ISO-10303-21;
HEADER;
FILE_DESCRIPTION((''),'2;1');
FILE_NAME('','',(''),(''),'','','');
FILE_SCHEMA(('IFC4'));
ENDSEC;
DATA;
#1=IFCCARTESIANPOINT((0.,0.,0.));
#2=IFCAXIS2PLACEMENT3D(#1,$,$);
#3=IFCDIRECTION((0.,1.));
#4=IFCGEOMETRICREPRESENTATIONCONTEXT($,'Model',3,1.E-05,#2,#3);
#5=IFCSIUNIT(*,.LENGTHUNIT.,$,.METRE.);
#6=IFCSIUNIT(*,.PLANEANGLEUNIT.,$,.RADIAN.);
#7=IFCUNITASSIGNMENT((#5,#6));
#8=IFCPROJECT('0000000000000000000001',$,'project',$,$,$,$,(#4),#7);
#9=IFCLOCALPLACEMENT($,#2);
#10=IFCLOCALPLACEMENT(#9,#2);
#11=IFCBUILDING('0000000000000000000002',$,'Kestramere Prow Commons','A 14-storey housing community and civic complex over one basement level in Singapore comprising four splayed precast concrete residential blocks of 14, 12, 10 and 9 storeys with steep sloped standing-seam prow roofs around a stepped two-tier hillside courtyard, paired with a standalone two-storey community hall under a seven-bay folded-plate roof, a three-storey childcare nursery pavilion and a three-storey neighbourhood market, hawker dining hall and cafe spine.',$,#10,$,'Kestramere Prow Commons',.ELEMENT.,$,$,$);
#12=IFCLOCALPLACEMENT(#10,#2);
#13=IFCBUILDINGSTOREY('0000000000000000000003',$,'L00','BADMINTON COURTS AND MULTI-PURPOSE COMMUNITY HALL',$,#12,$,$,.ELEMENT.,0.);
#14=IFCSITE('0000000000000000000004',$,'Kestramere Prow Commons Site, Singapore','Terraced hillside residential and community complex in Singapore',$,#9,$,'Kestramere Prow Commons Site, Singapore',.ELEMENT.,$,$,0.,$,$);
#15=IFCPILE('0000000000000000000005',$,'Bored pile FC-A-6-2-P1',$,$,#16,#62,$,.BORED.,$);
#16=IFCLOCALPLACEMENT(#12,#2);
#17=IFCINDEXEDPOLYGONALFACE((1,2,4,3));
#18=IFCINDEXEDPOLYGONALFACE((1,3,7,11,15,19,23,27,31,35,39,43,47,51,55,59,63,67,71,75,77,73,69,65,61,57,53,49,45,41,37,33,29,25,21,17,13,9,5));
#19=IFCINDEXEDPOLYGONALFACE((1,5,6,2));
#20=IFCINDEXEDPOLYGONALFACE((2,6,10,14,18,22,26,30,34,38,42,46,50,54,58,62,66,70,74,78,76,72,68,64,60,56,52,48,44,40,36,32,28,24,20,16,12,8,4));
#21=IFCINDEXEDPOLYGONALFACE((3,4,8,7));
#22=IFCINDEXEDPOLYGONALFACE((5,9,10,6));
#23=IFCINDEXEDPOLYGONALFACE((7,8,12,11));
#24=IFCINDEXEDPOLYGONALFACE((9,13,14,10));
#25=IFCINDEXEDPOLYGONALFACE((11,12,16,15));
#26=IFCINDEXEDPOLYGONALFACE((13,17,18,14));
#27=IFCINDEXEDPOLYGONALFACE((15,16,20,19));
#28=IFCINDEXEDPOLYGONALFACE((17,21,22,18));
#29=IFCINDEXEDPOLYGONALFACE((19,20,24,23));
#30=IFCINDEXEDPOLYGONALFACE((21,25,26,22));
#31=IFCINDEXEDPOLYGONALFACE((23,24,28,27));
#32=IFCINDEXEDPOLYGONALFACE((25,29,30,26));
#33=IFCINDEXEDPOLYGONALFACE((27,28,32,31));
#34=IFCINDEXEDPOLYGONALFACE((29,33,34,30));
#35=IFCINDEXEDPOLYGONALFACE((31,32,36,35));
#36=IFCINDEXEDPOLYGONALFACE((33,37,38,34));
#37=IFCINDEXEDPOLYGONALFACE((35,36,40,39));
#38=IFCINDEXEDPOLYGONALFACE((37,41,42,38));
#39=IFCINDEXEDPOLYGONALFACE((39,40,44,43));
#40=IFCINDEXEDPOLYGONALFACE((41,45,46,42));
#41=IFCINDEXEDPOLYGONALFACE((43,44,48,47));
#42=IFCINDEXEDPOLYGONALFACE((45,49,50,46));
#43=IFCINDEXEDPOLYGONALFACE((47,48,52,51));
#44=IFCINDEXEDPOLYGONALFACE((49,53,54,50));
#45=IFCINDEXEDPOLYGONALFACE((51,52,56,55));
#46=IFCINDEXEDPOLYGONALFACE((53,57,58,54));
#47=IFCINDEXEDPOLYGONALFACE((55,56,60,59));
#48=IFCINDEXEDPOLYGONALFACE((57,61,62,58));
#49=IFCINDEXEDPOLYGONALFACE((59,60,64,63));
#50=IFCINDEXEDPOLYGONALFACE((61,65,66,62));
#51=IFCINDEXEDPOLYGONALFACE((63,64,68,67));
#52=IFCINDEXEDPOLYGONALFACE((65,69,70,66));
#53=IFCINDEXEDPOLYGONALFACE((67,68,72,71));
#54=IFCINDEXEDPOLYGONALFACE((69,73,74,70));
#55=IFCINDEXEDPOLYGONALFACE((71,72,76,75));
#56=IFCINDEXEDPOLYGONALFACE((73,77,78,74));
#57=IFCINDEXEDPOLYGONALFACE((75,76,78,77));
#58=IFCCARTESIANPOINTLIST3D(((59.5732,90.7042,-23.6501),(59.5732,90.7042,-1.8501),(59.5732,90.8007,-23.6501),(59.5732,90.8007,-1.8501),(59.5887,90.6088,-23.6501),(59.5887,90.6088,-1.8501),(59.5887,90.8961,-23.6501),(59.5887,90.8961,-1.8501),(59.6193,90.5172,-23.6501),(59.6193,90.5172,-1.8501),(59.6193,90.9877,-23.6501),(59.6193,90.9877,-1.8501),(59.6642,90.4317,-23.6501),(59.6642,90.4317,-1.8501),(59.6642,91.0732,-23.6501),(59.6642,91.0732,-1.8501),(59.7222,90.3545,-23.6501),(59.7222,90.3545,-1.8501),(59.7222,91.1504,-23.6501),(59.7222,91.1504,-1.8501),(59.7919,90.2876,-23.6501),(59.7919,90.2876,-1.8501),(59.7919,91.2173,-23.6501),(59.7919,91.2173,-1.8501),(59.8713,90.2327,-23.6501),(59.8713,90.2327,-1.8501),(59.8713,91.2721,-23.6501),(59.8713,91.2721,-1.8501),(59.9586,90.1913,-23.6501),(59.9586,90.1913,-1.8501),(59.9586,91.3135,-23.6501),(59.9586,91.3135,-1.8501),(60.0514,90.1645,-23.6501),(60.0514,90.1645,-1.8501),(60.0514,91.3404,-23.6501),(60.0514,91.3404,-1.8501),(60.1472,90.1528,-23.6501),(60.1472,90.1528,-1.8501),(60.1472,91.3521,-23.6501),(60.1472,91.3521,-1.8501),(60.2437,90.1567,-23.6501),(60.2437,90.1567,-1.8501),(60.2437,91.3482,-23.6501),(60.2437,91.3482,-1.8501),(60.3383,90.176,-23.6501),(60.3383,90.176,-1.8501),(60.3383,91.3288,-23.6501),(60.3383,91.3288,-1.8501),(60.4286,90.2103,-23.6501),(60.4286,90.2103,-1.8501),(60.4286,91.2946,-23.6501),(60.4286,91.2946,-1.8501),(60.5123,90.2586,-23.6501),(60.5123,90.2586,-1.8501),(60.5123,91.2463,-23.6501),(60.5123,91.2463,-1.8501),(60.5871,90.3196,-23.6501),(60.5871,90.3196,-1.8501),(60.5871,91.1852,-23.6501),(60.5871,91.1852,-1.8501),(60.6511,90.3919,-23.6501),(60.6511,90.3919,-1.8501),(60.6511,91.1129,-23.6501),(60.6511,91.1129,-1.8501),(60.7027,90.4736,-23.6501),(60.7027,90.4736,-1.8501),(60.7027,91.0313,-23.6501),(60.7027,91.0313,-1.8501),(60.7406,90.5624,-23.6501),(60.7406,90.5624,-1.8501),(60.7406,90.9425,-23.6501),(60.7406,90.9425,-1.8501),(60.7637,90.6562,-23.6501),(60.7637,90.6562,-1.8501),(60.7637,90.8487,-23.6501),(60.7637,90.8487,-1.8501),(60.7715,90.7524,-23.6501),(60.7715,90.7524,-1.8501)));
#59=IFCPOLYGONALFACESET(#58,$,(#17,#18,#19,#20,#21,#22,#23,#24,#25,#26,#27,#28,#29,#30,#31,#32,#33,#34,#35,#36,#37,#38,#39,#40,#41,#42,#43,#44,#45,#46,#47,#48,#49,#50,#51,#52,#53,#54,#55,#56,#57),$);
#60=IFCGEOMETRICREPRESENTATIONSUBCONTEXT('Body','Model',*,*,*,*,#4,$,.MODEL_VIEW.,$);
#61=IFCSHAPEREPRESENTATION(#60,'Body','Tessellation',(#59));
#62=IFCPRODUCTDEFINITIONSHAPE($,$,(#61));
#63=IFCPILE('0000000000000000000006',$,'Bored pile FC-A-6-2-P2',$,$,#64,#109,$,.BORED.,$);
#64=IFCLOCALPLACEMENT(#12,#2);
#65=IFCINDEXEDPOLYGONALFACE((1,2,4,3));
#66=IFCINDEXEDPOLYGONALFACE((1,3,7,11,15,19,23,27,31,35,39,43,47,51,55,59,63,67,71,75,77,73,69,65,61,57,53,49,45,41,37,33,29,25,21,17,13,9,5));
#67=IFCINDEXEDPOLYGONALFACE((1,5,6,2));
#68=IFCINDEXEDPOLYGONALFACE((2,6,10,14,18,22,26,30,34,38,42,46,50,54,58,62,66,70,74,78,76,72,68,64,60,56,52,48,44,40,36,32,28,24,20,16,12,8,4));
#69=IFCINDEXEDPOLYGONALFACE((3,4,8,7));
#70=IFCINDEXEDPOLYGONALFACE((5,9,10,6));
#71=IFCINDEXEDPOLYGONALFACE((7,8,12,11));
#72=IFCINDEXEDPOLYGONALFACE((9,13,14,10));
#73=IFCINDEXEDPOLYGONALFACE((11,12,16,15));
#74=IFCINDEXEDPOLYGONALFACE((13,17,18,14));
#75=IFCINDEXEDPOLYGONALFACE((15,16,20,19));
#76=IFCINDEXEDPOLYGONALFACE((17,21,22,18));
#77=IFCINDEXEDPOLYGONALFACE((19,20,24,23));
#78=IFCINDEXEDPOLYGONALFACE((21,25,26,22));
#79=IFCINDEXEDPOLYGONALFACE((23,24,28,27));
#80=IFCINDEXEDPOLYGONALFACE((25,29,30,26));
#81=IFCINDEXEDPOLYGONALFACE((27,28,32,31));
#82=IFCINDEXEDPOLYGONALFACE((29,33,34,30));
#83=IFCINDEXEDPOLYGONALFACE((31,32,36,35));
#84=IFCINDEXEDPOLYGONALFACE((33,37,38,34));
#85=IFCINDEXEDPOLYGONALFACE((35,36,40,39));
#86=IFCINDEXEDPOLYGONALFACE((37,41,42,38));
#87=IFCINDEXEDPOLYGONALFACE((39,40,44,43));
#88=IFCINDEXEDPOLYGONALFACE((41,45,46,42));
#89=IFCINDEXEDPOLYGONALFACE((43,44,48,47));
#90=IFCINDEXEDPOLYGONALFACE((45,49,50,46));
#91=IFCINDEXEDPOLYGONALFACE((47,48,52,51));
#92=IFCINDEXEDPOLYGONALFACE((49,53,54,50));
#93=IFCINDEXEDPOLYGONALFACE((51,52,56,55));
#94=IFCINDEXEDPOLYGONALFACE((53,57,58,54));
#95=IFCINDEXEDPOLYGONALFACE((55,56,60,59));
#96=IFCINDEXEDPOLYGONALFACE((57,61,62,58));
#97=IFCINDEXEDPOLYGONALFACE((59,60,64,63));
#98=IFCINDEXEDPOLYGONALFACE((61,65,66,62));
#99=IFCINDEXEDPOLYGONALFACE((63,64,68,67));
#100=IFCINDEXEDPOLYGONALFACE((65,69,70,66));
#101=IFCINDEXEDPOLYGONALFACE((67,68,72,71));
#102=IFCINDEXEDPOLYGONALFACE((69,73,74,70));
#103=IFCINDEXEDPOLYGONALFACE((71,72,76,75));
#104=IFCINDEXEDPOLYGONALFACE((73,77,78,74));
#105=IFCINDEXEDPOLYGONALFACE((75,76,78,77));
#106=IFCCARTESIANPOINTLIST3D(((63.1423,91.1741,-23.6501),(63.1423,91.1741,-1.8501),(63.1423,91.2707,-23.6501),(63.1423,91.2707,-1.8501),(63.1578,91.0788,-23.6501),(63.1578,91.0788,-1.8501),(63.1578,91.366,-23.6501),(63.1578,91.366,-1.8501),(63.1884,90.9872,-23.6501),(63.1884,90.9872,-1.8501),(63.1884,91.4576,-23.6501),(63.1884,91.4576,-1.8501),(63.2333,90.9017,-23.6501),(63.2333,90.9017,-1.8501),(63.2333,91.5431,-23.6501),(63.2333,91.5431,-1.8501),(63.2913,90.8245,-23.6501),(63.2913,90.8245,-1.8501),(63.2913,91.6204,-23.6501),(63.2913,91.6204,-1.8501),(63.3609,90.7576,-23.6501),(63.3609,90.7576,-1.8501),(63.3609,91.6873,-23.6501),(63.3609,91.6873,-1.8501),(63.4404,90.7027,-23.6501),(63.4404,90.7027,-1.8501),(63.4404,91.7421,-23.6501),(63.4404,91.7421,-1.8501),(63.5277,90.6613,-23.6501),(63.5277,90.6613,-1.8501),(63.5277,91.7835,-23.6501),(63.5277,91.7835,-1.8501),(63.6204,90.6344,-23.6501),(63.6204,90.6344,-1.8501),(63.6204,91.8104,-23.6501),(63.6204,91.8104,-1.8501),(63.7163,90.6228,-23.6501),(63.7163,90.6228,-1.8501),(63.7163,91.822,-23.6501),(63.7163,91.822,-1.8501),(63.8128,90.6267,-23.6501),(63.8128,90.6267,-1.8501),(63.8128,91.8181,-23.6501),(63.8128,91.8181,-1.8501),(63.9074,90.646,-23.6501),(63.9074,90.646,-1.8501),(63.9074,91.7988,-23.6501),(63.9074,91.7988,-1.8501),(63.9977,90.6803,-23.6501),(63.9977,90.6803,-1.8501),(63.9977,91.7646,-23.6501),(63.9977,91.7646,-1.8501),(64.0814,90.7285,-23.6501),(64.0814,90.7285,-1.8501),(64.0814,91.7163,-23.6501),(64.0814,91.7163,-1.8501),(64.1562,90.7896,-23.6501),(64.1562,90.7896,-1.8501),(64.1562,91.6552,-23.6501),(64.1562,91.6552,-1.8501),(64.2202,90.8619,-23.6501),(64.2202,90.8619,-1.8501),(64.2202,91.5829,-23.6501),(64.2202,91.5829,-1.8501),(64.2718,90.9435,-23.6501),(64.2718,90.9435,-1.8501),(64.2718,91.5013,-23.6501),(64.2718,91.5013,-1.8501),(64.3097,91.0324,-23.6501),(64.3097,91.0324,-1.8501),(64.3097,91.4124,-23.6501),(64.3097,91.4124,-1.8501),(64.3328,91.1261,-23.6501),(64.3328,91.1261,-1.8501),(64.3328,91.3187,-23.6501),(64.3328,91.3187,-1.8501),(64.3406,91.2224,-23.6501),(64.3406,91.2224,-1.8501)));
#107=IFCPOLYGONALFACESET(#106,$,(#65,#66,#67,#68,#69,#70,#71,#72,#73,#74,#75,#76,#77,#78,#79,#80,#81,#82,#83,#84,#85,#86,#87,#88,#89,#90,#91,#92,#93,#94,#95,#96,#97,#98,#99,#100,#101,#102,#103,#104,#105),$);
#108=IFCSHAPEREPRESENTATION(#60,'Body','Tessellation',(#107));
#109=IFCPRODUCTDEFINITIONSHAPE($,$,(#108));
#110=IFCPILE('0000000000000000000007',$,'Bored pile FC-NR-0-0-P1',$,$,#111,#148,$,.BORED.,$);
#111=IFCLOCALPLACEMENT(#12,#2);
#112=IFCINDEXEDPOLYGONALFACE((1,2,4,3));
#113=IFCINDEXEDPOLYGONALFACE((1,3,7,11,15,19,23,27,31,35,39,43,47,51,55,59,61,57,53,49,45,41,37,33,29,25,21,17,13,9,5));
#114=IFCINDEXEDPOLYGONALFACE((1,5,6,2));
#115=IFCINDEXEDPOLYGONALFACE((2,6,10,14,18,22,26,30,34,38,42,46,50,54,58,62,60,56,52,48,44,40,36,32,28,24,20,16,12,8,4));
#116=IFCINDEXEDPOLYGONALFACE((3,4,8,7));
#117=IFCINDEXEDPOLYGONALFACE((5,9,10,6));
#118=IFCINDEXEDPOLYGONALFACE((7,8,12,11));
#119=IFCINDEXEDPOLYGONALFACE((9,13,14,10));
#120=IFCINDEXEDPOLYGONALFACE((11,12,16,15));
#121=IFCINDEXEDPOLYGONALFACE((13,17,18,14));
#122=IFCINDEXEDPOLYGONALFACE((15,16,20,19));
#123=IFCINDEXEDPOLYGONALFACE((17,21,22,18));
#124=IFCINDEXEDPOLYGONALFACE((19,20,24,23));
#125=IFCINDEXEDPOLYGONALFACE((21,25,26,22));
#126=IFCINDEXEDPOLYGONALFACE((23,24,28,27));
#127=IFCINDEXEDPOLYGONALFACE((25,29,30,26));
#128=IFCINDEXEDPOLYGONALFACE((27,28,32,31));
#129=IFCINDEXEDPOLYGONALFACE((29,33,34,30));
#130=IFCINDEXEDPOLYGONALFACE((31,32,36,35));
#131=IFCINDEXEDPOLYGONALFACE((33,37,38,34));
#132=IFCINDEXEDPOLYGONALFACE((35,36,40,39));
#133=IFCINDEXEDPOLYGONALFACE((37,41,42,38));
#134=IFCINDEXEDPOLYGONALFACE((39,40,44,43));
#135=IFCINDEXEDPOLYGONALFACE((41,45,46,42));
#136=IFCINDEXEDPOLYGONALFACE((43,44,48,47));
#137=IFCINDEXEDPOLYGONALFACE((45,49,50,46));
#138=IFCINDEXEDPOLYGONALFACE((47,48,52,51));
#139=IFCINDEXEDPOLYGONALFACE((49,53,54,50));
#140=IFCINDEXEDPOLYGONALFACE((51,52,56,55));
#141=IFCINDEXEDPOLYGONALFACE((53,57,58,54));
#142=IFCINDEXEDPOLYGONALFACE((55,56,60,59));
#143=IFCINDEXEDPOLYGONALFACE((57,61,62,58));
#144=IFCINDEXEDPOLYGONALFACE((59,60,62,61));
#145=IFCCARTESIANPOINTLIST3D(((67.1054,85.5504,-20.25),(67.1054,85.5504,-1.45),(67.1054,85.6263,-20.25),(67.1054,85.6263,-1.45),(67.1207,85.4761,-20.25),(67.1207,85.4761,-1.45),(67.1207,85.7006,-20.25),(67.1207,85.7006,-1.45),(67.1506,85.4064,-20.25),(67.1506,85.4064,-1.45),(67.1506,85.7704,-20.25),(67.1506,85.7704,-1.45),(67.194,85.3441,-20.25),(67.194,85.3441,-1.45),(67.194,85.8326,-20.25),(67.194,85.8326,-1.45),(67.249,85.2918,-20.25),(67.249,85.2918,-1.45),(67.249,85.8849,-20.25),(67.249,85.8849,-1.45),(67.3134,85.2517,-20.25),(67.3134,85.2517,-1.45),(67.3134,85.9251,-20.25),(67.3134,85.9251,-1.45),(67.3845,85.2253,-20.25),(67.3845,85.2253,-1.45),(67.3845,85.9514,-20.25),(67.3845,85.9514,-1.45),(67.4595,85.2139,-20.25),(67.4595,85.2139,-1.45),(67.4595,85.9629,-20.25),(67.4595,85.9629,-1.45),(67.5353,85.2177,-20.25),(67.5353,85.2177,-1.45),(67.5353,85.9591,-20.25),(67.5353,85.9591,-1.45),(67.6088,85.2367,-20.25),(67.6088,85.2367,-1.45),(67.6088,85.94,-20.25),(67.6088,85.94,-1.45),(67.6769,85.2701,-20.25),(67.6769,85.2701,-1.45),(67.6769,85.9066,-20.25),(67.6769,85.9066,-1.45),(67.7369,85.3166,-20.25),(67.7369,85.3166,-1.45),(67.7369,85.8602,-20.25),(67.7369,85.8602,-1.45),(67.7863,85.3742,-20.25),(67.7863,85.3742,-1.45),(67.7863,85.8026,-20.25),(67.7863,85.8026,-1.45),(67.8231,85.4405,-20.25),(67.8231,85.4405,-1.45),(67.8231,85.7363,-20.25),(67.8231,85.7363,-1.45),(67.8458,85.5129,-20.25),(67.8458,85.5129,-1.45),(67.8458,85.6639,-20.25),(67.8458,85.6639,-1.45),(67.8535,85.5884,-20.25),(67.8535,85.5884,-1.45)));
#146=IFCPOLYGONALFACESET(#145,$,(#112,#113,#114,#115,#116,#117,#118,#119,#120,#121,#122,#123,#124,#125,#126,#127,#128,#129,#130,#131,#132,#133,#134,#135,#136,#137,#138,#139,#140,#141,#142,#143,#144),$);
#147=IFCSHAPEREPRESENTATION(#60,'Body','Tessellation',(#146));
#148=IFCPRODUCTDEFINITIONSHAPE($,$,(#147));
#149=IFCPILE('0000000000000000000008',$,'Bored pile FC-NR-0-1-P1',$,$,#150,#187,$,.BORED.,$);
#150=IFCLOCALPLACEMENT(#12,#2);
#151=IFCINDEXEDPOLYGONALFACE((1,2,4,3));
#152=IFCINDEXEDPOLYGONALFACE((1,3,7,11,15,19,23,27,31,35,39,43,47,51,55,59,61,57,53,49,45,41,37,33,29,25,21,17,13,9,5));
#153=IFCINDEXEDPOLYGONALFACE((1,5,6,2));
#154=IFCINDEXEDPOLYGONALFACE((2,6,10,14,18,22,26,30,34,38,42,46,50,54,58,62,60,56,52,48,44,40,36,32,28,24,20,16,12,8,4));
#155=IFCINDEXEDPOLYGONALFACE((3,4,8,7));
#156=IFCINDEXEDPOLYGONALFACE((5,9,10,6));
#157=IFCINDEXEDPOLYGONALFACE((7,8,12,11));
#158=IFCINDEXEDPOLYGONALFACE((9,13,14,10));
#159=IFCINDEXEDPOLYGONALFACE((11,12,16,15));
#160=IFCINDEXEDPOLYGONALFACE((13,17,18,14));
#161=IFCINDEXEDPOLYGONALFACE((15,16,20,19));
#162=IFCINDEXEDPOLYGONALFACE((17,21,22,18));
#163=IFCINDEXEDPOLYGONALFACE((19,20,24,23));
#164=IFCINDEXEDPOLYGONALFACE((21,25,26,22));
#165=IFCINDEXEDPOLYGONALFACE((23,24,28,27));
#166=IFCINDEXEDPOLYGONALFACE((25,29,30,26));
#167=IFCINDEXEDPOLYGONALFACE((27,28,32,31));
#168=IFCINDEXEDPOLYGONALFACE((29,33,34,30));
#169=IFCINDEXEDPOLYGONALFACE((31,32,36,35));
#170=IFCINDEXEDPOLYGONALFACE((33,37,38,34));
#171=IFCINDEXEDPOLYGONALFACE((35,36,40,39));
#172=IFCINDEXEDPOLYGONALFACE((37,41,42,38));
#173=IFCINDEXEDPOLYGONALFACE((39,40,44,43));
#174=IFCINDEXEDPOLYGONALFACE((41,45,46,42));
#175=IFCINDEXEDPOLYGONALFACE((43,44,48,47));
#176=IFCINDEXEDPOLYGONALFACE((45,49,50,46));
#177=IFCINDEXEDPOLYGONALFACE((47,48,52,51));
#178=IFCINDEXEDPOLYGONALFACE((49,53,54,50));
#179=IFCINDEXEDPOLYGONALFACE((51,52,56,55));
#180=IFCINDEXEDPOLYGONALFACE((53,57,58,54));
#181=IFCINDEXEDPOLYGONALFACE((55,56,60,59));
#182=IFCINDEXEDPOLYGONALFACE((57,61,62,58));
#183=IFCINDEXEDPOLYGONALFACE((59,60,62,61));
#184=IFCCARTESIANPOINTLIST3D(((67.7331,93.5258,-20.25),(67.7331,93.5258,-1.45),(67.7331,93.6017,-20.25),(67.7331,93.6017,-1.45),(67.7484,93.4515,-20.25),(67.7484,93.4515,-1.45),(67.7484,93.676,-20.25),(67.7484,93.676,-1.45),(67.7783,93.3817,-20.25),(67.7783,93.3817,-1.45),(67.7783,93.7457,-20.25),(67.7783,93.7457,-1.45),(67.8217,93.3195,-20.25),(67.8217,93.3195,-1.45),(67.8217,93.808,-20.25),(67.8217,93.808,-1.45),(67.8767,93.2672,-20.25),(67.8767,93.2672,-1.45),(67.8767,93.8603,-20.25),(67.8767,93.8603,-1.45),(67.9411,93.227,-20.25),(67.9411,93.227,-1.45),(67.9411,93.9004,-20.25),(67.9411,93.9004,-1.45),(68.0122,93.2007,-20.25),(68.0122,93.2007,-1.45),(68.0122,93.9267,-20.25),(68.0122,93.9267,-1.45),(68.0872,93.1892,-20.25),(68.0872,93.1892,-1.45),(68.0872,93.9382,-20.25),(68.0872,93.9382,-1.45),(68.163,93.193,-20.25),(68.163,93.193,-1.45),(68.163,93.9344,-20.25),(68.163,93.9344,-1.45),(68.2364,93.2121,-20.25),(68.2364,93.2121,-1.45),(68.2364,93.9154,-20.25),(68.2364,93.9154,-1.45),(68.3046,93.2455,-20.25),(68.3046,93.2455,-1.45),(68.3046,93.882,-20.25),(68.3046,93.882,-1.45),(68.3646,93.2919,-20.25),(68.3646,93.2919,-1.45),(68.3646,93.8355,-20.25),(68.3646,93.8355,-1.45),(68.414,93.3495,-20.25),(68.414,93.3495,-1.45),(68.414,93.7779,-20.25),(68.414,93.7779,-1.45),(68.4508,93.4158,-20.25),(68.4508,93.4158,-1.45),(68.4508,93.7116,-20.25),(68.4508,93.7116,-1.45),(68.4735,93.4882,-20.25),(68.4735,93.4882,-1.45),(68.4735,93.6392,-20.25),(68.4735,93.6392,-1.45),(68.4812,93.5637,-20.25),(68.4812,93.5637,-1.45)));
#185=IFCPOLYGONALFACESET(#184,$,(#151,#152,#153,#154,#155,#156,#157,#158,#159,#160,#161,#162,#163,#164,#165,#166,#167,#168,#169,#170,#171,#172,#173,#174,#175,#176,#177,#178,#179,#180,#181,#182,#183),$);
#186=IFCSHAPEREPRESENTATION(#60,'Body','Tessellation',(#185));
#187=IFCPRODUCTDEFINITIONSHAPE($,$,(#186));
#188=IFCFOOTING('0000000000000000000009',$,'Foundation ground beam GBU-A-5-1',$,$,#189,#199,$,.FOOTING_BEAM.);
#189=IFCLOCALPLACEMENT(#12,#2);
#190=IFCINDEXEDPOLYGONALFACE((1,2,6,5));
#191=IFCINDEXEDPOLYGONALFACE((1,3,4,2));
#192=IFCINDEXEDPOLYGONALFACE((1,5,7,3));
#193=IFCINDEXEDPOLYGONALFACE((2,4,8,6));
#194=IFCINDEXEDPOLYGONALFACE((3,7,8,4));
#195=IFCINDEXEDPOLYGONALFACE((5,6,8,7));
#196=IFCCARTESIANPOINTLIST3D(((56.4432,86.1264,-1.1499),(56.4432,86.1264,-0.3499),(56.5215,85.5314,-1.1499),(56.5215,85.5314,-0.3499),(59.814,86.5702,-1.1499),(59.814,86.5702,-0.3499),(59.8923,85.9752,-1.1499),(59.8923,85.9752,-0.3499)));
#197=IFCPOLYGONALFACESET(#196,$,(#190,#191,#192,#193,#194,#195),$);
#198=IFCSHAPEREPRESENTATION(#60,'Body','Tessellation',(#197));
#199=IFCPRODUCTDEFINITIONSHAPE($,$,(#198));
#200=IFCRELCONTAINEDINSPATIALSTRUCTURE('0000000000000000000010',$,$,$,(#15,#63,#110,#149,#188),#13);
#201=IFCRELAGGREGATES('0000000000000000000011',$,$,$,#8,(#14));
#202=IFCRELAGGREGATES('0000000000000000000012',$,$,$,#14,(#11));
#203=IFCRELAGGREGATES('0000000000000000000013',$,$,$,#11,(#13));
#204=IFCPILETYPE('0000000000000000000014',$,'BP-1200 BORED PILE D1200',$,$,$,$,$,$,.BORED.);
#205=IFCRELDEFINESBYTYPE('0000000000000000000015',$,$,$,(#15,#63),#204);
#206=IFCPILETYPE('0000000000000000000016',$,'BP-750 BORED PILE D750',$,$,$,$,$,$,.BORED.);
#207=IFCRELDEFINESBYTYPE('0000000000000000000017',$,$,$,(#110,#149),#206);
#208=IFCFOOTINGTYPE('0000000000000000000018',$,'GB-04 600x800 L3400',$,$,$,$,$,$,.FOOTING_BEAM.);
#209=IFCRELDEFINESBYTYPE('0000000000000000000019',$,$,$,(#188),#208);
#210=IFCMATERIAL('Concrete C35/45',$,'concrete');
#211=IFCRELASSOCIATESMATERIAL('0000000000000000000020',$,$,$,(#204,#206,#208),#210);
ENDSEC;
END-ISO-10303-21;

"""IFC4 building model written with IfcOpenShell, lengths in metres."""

from ifc_helpers import new_model, si_unit, direction, frame, origin, origin_2d, place, context, subcontext, project, spatial, rectangle, circle, extrude, material, material_profile, profile_set, type_object, element, save


model = new_model("IFC4")

# Units and contexts
model_context = context("Model", 3, precision=1e-05, world=origin(), true_north=direction((0.0, 1.0)))
body_context = subcontext(model_context, "Body", "Model", "MODEL_VIEW")
ifc_project = project(units=[si_unit("LENGTHUNIT", "METRE"), si_unit("PLANEANGLEUNIT", "RADIAN")], contexts=[model_context])

# Site, building, storey
site_placement = place(None, origin())
site = spatial("IfcSite", under=ifc_project, at=site_placement, Name="Kestramere Prow Commons Site, Singapore", Description="Terraced hillside residential and community complex in Singapore", LongName="Kestramere Prow Commons Site, Singapore", CompositionType="ELEMENT", RefElevation=0.0)
building_placement = place(site_placement, origin())
building = spatial("IfcBuilding", under=site, at=building_placement, Name="Kestramere Prow Commons", Description="A 14-storey housing community and civic complex over one basement level in Singapore comprising four splayed precast concrete residential blocks of 14, 12, 10 and 9 storeys with steep sloped standing-seam prow roofs around a stepped two-tier hillside courtyard, paired with a standalone two-storey community hall under a seven-bay folded-plate roof, a three-storey childcare nursery pavilion and a three-storey neighbourhood market, hawker dining hall and cafe spine.", LongName="Kestramere Prow Commons", CompositionType="ELEMENT")
storey_placement = place(building_placement, origin())
storey = spatial("IfcBuildingStorey", under=building, at=storey_placement, Name="L00", Description="BADMINTON COURTS AND MULTI-PURPOSE COMMUNITY HALL", CompositionType="ELEMENT", Elevation=0.0)

# Piles
ifc_material_1 = material(Name="Concrete C35/45", Category="concrete")
ifc_material_profile_1 = material_profile(ifc_material_1, circle(Radius=0.6001, at=origin_2d()), Name="BORED PILE D1200")
ifc_profile_set_1 = profile_set([ifc_material_profile_1], Name="Concrete C35/45")
pile_type_1 = type_object("IfcPileType", Name="BP-1200 BORED PILE D1200", PredefinedType="BORED", material=ifc_profile_set_1)
for number, where, z_axis, x_axis, name in (
    (1, (60.1714, 90.7524, -1.8501), (0.0, 0.0, -1.0), (1.0, 0.0, 0.0), "Bored pile FC-A-6-2-P1"),
    (2, (63.7405, 91.2224, -1.8501), (0.0, 0.0, -1.0), (1.0, 0.0, 0.0), "Bored pile FC-A-6-2-P2"),
):
    element("IfcPile", number, at=place(storey_placement, frame(where, z_axis=z_axis, x_axis=x_axis)), inside=storey, type_object=pile_type_1, Name=name, PredefinedType="BORED", context=body_context, shape_type="SweptSolid", body=[
        extrude(circle(Radius=0.6001, at=origin_2d()), origin(), (0.0, 0.0, 1.0), 21.8),
    ])
ifc_material_profile_2 = material_profile(ifc_material_1, circle(Radius=0.375, at=origin_2d()), Name="BORED PILE D750")
ifc_profile_set_2 = profile_set([ifc_material_profile_2], Name="Concrete C35/45")
pile_type_2 = type_object("IfcPileType", Name="BP-750 BORED PILE D750", PredefinedType="BORED", material=ifc_profile_set_2)
for number, where, z_axis, x_axis, name in (
    (3, (67.4785, 85.5884, -1.45), (0.0, 0.0, -1.0), (1.0, 0.0, 0.0), "Bored pile FC-NR-0-0-P1"),
    (4, (68.1062, 93.5637, -1.45), (0.0, 0.0, -1.0), (1.0, 0.0, 0.0), "Bored pile FC-NR-0-1-P1"),
):
    element("IfcPile", number, at=place(storey_placement, frame(where, z_axis=z_axis, x_axis=x_axis)), inside=storey, type_object=pile_type_2, Name=name, PredefinedType="BORED", context=body_context, shape_type="SweptSolid", body=[
        extrude(circle(Radius=0.375, at=origin_2d()), origin(), (0.0, 0.0, 1.0), 18.8),
    ])

# Footing
footing_type_1 = type_object("IfcFootingType", Name="GB-04 600x800 L3400", PredefinedType="FOOTING_BEAM", material=ifc_material_1)
for number, where, z_axis, x_axis, name in (
    (5, (58.1677, 86.0508, -1.1499), (0.0, 0.0, 1.0), (0.991445, 0.130526, 0.0), "Foundation ground beam GBU-A-5-1"),
):
    element("IfcFooting", number, at=place(storey_placement, frame(where, z_axis=z_axis, x_axis=x_axis)), inside=storey, type_object=footing_type_1, Name=name, PredefinedType="FOOTING_BEAM", context=body_context, shape_type="SweptSolid", body=[
        extrude(rectangle(XDim=3.3999, YDim=0.6001, at=origin_2d()), origin(), (0.0, 0.0, 1.0), 0.8),
    ])

save(model, "model.ifc")
